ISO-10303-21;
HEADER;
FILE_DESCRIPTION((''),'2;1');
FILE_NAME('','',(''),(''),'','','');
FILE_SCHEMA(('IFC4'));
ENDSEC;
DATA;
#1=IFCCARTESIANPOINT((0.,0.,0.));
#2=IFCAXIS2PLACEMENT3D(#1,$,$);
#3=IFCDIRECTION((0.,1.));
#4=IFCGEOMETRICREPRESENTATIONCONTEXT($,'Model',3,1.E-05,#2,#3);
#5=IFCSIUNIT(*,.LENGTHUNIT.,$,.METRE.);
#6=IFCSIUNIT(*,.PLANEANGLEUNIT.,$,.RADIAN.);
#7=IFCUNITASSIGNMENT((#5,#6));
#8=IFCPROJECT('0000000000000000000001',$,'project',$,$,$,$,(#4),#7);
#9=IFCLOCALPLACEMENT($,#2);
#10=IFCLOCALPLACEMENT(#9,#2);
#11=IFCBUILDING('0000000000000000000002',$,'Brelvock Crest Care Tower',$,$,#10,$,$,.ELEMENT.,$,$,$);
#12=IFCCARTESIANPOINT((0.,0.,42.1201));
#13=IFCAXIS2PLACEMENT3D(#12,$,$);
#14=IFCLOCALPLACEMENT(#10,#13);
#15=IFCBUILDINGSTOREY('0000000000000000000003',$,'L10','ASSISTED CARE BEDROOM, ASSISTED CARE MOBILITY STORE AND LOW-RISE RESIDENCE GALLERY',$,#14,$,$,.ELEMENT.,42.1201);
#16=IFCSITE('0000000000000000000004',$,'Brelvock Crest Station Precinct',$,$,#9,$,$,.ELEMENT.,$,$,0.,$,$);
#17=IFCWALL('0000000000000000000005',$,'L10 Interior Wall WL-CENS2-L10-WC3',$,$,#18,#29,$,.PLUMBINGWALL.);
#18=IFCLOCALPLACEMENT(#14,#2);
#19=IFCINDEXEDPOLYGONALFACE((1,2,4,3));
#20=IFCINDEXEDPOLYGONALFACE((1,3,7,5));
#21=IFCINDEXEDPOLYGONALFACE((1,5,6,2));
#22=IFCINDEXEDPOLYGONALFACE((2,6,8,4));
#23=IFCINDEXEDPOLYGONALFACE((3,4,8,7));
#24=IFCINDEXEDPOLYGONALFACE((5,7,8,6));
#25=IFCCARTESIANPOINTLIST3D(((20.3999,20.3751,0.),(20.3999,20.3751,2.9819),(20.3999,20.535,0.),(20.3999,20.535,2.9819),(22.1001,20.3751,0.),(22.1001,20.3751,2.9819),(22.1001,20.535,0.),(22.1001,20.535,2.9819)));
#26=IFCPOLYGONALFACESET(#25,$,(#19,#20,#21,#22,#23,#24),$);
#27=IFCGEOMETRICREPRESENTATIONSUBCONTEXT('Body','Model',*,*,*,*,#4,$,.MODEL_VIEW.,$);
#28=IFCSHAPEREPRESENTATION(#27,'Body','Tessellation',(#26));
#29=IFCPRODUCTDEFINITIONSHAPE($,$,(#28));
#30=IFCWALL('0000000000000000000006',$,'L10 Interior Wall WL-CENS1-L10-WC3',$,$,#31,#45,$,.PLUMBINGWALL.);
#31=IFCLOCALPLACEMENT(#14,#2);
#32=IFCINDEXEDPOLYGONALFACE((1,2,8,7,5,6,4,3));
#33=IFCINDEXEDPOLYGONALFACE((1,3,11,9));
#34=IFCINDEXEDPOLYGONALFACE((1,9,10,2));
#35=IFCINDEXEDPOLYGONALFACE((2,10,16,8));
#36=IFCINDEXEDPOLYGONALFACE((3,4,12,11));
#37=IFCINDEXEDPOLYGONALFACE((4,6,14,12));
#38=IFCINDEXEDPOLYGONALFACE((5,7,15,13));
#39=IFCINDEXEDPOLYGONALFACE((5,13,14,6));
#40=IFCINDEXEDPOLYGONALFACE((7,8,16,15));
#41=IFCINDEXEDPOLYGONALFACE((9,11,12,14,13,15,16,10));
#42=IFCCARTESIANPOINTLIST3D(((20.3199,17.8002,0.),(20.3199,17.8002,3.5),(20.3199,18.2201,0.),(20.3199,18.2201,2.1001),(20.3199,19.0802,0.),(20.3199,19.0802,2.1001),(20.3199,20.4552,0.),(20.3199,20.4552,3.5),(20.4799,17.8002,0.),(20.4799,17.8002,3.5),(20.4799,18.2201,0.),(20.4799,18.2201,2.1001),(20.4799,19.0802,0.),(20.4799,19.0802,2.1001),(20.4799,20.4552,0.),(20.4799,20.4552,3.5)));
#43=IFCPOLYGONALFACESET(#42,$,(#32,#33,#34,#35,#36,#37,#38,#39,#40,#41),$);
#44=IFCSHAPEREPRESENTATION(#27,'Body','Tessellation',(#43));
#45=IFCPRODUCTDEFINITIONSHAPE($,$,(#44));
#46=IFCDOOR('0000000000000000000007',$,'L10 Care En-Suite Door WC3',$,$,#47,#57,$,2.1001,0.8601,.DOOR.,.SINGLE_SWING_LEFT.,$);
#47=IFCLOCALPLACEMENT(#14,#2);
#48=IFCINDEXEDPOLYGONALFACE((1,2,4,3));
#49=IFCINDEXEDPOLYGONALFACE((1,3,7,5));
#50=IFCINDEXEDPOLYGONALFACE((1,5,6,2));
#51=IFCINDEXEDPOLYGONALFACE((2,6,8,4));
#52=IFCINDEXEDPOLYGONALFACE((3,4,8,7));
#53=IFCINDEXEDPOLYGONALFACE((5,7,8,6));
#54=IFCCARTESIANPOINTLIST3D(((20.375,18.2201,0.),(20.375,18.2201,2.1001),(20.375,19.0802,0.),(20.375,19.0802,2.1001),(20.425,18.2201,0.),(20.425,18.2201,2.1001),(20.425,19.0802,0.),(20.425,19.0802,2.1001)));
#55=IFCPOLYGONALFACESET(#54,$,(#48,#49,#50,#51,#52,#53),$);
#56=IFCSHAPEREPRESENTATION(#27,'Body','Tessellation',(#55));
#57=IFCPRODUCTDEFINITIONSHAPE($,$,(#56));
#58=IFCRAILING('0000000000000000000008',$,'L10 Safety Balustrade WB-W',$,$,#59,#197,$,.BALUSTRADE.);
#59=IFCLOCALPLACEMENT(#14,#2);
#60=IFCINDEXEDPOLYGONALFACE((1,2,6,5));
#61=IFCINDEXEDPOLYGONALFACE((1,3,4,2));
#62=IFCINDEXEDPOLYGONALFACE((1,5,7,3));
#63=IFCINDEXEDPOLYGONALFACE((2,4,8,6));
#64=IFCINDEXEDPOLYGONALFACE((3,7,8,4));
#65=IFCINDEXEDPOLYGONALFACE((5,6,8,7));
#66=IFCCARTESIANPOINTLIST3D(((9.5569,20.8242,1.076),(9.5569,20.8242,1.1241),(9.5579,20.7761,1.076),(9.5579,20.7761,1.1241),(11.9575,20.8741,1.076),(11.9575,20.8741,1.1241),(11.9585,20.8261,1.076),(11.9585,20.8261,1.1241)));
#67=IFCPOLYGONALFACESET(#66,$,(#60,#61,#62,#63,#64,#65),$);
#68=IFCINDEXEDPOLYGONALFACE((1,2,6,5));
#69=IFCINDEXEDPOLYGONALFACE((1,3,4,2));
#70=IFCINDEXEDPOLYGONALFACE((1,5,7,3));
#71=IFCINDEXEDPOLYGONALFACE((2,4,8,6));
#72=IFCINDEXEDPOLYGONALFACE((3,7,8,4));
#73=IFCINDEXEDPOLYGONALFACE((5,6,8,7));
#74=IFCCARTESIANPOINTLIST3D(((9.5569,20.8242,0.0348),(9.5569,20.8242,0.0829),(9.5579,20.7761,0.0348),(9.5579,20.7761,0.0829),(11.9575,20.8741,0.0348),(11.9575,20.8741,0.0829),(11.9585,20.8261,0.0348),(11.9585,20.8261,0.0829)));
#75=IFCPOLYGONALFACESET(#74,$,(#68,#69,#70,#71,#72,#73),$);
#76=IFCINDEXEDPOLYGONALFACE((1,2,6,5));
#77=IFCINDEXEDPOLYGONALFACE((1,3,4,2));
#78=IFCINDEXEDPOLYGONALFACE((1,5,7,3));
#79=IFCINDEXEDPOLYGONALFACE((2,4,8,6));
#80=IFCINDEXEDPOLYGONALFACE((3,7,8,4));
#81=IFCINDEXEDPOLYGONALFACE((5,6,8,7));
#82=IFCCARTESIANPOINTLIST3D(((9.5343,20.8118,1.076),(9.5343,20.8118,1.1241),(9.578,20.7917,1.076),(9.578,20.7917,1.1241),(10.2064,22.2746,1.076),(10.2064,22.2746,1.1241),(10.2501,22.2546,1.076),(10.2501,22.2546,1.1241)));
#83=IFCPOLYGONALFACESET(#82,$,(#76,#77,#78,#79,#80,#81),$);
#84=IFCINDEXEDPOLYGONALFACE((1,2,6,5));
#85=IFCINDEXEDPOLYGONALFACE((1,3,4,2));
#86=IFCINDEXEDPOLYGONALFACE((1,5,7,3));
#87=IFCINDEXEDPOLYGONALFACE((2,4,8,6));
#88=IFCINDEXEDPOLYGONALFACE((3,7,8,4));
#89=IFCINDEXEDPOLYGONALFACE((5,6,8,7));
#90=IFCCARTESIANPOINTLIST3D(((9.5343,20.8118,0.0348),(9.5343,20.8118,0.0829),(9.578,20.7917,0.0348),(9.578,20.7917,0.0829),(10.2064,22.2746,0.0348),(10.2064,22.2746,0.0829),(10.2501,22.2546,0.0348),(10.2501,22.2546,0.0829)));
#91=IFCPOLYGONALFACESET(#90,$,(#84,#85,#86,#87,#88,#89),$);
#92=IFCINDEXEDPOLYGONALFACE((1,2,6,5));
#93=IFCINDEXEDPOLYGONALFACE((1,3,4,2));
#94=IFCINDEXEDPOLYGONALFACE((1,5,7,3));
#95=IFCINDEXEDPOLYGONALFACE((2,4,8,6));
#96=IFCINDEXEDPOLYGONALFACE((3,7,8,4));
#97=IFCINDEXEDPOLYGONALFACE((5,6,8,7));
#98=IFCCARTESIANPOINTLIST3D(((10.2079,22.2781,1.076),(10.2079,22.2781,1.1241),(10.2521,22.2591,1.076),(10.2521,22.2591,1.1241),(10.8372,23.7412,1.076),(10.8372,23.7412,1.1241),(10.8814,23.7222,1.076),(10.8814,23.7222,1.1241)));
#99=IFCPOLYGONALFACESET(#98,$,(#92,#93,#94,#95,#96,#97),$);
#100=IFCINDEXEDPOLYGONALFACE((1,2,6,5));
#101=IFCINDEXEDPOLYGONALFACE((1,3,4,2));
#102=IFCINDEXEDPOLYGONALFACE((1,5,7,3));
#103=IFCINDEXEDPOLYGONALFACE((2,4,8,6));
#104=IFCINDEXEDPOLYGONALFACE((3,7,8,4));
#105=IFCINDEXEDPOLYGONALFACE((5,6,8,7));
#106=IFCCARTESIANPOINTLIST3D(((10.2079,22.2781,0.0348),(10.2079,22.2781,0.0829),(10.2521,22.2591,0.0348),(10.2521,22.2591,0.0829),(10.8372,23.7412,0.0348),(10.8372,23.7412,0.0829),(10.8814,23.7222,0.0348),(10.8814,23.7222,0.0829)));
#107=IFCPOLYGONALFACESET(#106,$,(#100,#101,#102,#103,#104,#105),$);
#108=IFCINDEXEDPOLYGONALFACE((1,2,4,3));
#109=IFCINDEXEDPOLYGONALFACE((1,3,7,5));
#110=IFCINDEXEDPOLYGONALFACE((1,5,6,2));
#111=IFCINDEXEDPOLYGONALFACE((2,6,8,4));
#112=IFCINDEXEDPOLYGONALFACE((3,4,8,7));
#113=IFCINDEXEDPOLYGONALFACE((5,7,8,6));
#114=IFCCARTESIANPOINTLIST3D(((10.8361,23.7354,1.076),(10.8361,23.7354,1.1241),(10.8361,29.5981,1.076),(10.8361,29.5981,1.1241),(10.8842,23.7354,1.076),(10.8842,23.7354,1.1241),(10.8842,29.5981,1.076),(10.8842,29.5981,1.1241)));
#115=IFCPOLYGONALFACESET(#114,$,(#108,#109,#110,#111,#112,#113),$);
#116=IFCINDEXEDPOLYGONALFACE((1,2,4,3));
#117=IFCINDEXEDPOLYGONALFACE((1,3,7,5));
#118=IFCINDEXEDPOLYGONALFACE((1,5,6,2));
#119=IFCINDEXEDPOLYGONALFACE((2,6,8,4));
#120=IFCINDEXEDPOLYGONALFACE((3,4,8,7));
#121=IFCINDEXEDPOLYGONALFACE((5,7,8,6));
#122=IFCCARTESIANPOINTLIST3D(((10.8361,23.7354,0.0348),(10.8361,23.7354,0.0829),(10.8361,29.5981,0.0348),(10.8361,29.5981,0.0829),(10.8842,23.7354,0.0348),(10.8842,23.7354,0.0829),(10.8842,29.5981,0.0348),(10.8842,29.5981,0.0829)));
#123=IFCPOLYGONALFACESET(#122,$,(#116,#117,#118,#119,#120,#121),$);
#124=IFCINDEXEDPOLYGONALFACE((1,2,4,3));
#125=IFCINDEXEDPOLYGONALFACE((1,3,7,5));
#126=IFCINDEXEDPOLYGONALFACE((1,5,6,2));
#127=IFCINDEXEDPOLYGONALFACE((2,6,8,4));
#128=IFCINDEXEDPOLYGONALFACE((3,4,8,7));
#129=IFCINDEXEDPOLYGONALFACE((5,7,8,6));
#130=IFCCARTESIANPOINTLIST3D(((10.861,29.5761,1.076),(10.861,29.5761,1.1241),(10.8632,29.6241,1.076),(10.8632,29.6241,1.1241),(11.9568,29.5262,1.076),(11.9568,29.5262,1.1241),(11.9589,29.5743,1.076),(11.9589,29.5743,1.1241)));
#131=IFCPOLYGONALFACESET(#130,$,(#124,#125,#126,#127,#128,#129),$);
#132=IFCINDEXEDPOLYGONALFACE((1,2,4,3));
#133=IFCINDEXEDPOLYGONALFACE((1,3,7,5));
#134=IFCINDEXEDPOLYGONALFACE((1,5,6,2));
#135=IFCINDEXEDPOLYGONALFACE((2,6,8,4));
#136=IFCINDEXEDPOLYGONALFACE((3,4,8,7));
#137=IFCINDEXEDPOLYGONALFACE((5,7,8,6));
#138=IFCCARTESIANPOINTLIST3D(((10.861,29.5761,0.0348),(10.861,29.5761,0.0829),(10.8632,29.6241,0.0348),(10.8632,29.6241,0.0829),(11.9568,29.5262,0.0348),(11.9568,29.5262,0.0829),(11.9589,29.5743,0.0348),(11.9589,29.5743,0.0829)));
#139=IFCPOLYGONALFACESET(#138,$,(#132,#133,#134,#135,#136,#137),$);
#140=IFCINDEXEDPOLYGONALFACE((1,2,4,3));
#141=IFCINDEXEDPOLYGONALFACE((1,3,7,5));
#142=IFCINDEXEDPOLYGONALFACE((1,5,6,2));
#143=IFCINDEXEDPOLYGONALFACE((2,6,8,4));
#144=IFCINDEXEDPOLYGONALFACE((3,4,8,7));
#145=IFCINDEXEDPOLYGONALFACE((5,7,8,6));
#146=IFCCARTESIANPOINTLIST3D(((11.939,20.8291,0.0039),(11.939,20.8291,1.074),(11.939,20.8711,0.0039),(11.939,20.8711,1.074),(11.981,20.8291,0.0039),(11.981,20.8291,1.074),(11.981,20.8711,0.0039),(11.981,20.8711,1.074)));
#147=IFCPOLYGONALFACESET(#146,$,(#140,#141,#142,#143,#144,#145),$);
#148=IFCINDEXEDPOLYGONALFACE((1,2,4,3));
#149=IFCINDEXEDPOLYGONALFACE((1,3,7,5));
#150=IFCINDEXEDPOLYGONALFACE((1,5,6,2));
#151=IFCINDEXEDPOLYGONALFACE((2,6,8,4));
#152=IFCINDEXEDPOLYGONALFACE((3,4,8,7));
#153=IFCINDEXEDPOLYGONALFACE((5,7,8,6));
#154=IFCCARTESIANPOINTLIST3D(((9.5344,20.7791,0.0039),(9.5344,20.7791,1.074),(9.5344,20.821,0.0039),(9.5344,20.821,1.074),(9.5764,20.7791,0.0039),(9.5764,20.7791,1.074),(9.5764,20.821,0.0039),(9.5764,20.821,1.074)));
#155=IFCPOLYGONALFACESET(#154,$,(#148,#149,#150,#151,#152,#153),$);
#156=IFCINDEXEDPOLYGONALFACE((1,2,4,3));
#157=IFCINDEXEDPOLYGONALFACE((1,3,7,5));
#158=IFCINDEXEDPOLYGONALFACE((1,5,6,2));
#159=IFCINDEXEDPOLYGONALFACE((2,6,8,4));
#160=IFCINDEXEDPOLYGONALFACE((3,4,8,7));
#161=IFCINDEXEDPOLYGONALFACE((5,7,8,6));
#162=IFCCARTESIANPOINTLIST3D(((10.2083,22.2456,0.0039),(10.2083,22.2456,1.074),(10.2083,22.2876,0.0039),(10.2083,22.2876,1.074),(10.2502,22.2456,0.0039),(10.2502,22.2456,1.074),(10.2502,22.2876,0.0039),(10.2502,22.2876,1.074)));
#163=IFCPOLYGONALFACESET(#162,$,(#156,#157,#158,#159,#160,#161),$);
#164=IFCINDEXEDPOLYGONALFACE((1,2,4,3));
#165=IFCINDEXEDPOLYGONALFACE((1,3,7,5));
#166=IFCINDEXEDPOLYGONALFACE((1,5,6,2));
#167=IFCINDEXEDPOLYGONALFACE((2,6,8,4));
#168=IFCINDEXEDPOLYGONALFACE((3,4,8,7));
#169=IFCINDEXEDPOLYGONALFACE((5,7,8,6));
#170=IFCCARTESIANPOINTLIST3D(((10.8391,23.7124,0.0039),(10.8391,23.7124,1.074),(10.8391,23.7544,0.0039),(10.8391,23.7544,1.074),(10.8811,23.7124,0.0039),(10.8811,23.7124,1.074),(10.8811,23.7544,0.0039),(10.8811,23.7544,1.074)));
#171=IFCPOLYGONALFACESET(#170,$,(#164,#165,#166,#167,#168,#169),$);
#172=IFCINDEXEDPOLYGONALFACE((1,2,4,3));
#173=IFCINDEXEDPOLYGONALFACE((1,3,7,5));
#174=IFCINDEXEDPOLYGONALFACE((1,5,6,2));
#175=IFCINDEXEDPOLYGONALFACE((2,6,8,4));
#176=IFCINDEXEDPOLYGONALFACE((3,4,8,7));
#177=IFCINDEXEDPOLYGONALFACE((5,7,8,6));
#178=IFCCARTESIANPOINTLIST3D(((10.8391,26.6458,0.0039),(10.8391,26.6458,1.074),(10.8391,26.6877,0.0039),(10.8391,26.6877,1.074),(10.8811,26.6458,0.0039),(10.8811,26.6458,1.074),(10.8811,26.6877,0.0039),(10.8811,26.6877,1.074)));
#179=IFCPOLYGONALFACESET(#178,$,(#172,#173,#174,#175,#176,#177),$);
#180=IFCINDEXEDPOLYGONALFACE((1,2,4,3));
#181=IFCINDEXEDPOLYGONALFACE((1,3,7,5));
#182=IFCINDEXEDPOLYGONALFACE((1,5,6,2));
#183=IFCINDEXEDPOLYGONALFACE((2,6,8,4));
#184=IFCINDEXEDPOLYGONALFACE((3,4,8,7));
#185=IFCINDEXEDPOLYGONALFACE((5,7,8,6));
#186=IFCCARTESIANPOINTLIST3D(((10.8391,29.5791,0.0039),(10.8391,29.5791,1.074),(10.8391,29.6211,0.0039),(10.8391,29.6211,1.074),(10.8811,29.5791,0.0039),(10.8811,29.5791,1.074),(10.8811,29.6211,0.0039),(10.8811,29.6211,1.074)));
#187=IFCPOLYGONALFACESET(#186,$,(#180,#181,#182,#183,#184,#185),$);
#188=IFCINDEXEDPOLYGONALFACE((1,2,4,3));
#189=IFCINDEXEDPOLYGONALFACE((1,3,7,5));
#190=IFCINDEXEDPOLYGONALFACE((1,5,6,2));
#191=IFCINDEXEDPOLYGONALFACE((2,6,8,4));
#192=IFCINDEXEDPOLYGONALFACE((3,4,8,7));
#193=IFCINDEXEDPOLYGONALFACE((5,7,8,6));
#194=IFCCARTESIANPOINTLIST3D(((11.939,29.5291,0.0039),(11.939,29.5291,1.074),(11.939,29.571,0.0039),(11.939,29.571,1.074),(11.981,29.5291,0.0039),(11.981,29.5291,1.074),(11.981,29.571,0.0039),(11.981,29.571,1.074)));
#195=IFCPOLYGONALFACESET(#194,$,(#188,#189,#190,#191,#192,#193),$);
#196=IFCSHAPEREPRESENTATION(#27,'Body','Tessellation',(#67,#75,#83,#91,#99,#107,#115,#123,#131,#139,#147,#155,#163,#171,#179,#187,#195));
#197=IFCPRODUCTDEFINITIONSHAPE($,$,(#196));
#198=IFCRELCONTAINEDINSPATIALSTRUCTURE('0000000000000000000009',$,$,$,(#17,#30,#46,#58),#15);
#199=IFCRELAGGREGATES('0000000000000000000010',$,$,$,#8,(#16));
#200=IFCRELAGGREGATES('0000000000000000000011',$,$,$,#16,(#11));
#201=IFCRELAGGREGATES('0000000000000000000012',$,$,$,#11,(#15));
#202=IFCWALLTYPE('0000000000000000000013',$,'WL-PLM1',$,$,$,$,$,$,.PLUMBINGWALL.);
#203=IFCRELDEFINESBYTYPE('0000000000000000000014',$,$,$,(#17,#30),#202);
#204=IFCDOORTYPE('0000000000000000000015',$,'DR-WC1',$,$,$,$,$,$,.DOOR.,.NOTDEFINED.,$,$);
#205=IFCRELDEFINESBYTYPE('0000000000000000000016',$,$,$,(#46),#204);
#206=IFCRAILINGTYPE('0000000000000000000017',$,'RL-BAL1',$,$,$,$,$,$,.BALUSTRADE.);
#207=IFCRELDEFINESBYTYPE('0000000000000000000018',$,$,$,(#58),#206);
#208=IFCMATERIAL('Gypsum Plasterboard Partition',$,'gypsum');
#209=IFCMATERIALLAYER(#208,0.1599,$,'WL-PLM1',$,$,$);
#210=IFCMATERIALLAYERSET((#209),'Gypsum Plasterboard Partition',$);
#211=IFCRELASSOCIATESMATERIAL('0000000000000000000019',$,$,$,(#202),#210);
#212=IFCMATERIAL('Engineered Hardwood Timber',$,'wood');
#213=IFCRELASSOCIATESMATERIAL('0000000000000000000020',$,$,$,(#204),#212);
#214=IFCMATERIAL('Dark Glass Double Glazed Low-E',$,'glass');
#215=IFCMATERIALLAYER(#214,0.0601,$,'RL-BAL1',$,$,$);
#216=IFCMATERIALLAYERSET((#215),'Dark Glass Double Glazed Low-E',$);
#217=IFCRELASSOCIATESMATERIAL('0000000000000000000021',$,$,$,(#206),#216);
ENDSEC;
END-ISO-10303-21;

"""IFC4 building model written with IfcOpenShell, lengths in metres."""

from ifc_helpers import new_model, si_unit, direction, frame, frame_2d, origin, origin_2d, place, context, subcontext, project, spatial, rectangle, extrude, source, transform, mapped, material, layer, layer_set, type_object, element, fill, save


model = new_model("IFC4")

# Units and contexts
model_context = context("Model", 3, precision=1e-05, world=origin(), true_north=direction((0.0, 1.0)))
body_context = subcontext(model_context, "Body", "Model", "MODEL_VIEW")
ifc_project = project(units=[si_unit("LENGTHUNIT", "METRE"), si_unit("PLANEANGLEUNIT", "RADIAN")], contexts=[model_context])

# Site, building, storey
site_placement = place(None, origin())
site = spatial("IfcSite", under=ifc_project, at=site_placement, Name="Brelvock Crest Station Precinct", CompositionType="ELEMENT", RefElevation=0.0)
building_placement = place(site_placement, origin())
building = spatial("IfcBuilding", under=site, at=building_placement, Name="Brelvock Crest Care Tower", CompositionType="ELEMENT")
storey_placement = place(building_placement, frame((0.0, 0.0, 42.1201)))
storey = spatial("IfcBuildingStorey", under=building, at=storey_placement, Name="L10", Description="ASSISTED CARE BEDROOM, ASSISTED CARE MOBILITY STORE AND LOW-RISE RESIDENCE GALLERY", CompositionType="ELEMENT", Elevation=42.1201)

# Shared definitions
ifc_material_1 = material(Name="Dark Glass Double Glazed Low-E", Category="glass")

# Shared definitions
ifc_material_2 = material(Name="Engineered Hardwood Timber", Category="wood")

# Wall
ifc_material_3 = material(Name="Gypsum Plasterboard Partition", Category="gypsum")
ifc_layer_1 = layer(ifc_material_3, 0.1599, Name="WL-PLM1")
ifc_layer_set_1 = layer_set([ifc_layer_1], Name="Gypsum Plasterboard Partition")
wall_type_1 = type_object("IfcWallType", Name="WL-PLM1", PredefinedType="PLUMBINGWALL", material=ifc_layer_set_1)
wall_1_placement = place(storey_placement, frame((20.3999, 20.4551, 0.0), z_axis=(0.0, 0.0, 1.0), x_axis=(1.0, 0.0, 0.0)))
element("IfcWall", 1, at=wall_1_placement, inside=storey, type_object=wall_type_1, Name="L10 Interior Wall WL-CENS2-L10-WC3", PredefinedType="PLUMBINGWALL", context=body_context, shape_type="SweptSolid", body=[
    extrude(rectangle(XDim=1.7002, YDim=0.1599, at=frame_2d((0.8501, 0.0))), origin(), (0.0, 0.0, 1.0), 2.9819),
])

# Wall, opening, door
wall_2_placement = place(storey_placement, frame((20.3999, 17.8, 0.0), z_axis=(0.0, 0.0, 1.0), x_axis=(0.0, 1.0, 0.0)))
wall_2 = element("IfcWall", 2, at=wall_2_placement, inside=storey, type_object=wall_type_1, Name="L10 Interior Wall WL-CENS1-L10-WC3", PredefinedType="PLUMBINGWALL", context=body_context, shape_type="SweptSolid", body=[
    extrude(rectangle(XDim=2.655, YDim=0.1599, at=frame_2d((1.3276, 0.0))), origin(), (0.0, 0.0, 1.0), 3.5),
])
opening_1_placement = place(wall_2_placement, frame((0.4199, 0.0, 0.0)))
opening_1 = element("IfcOpeningElement", 3, at=opening_1_placement, cuts=wall_2, PredefinedType="OPENING", context=body_context, shape_type="SweptSolid", body=[
    extrude(rectangle(XDim=0.8601, YDim=2.1001, at=origin_2d()), frame((0.4302, 0.0898, 1.05), z_axis=(0.0, -1.0, 0.0), x_axis=(1.0, 0.0, 0.0)), (0.0, 0.0, 1.0), 0.1799),
])
door_type_1 = type_object("IfcDoorType", Name="DR-WC1", OperationType="NOTDEFINED", PredefinedType="DOOR", material=ifc_material_2)
shared_shape_1 = source(origin(), body_context, "Body", "SweptSolid", [
    extrude(rectangle(XDim=0.8601, YDim=2.1001, at=origin_2d()), frame((0.4302, 0.0249, 1.05), z_axis=(0.0, -1.0, 0.0), x_axis=(1.0, 0.0, 0.0)), (0.0, 0.0, 1.0), 0.05),
])
door_1_placement = place(opening_1_placement, origin())
door_1 = element("IfcDoor", 4, at=door_1_placement, inside=storey, type_object=door_type_1, Name="L10 Care En-Suite Door WC3", OperationType="SINGLE_SWING_LEFT", OverallHeight=2.1001, OverallWidth=0.8601, PredefinedType="DOOR", context=body_context, shape_type="MappedRepresentation", body=[
    mapped(shared_shape_1, transform((0.0, 0.0, 0.0), x_axis=(1.0, 0.0, 0.0), y_axis=(0.0, 1.0, 0.0), z_axis=(0.0, 0.0, 1.0), scale=1.0)),
])
fill(opening_1, door_1)

# Railing
ifc_layer_2 = layer(ifc_material_1, 0.0601, Name="RL-BAL1")
ifc_layer_set_2 = layer_set([ifc_layer_2], Name="Dark Glass Double Glazed Low-E")
railing_type = type_object("IfcRailingType", Name="RL-BAL1", PredefinedType="BALUSTRADE", material=ifc_layer_set_2)
railing_placement = place(storey_placement, frame((11.96, 20.8501, 0.0039)))
element("IfcRailing", 5, at=railing_placement, inside=storey, type_object=railing_type, Name="L10 Safety Balustrade WB-W", PredefinedType="BALUSTRADE", context=body_context, shape_type="SweptSolid", body=[
    extrude(rectangle(XDim=0.0481, YDim=0.0481, at=origin_2d()), frame((-0.002, 0.0, 1.0962), z_axis=(-0.999783, -0.02081, 0.0), x_axis=(0.02081, -0.999783, 0.0)), (0.0, 0.0, 1.0), 2.4011),
    extrude(rectangle(XDim=0.0481, YDim=0.0481, at=origin_2d()), frame((-0.002, 0.0, 0.0549), z_axis=(-0.999783, -0.02081, 0.0), x_axis=(0.02081, -0.999783, 0.0)), (0.0, 0.0, 1.0), 2.4011),
    extrude(rectangle(XDim=0.0481, YDim=0.0481, at=origin_2d()), frame((-2.4038, -0.0483, 1.0962), z_axis=(0.417504, 0.908675, 0.0), x_axis=(-0.908675, 0.417504, 0.0)), (0.0, 0.0, 1.0), 1.6099),
    extrude(rectangle(XDim=0.0481, YDim=0.0481, at=origin_2d()), frame((-2.4038, -0.0483, 0.0549), z_axis=(0.417504, 0.908675, 0.0), x_axis=(-0.908675, 0.417504, 0.0)), (0.0, 0.0, 1.0), 1.6099),
    extrude(rectangle(XDim=0.0481, YDim=0.0481, at=origin_2d()), frame((-1.73, 1.4185, 1.0962), z_axis=(0.3951, 0.918638, 0.0), x_axis=(-0.918638, 0.3951, 0.0)), (0.0, 0.0, 1.0), 1.5928),
    extrude(rectangle(XDim=0.0481, YDim=0.0481, at=origin_2d()), frame((-1.73, 1.4185, 0.0549), z_axis=(0.3951, 0.918638, 0.0), x_axis=(-0.918638, 0.3951, 0.0)), (0.0, 0.0, 1.0), 1.5928),
    extrude(rectangle(XDim=0.0481, YDim=0.0481, at=origin_2d()), frame((-1.0999, 2.8853, 1.0962), z_axis=(0.0, 1.0, 0.0), x_axis=(-1.0, 0.0, 0.0)), (0.0, 0.0, 1.0), 5.8628),
    extrude(rectangle(XDim=0.0481, YDim=0.0481, at=origin_2d()), frame((-1.0999, 2.8853, 0.0549), z_axis=(0.0, 1.0, 0.0), x_axis=(-1.0, 0.0, 0.0)), (0.0, 0.0, 1.0), 5.8628),
    extrude(rectangle(XDim=0.0481, YDim=0.0481, at=origin_2d()), frame((-1.0979, 8.75, 1.0962), z_axis=(0.998966, -0.045458, 0.0), x_axis=(0.045458, 0.998966, 0.0)), (0.0, 0.0, 1.0), 1.0969),
    extrude(rectangle(XDim=0.0481, YDim=0.0481, at=origin_2d()), frame((-1.0979, 8.75, 0.0549), z_axis=(0.998966, -0.045458, 0.0), x_axis=(0.045458, 0.998966, 0.0)), (0.0, 0.0, 1.0), 1.0969),
    extrude(rectangle(XDim=0.042, YDim=0.042, at=origin_2d()), origin(), (0.0, 0.0, 1.0), 1.0701),
    extrude(rectangle(XDim=0.042, YDim=0.042, at=origin_2d()), frame((-2.4045, -0.05, 0.0)), (0.0, 0.0, 1.0), 1.0701),
    extrude(rectangle(XDim=0.042, YDim=0.042, at=origin_2d()), frame((-1.7307, 1.4165, 0.0)), (0.0, 0.0, 1.0), 1.0701),
    extrude(rectangle(XDim=0.042, YDim=0.042, at=origin_2d()), frame((-1.0999, 2.8833, 0.0)), (0.0, 0.0, 1.0), 1.0701),
    extrude(rectangle(XDim=0.042, YDim=0.042, at=origin_2d()), frame((-1.0999, 5.8167, 0.0)), (0.0, 0.0, 1.0), 1.0701),
    extrude(rectangle(XDim=0.042, YDim=0.042, at=origin_2d()), frame((-1.0999, 8.75, 0.0)), (0.0, 0.0, 1.0), 1.0701),
    extrude(rectangle(XDim=0.042, YDim=0.042, at=origin_2d()), frame((0.0, 8.7, 0.0)), (0.0, 0.0, 1.0), 1.0701),
])

save(model, "model.ifc")
